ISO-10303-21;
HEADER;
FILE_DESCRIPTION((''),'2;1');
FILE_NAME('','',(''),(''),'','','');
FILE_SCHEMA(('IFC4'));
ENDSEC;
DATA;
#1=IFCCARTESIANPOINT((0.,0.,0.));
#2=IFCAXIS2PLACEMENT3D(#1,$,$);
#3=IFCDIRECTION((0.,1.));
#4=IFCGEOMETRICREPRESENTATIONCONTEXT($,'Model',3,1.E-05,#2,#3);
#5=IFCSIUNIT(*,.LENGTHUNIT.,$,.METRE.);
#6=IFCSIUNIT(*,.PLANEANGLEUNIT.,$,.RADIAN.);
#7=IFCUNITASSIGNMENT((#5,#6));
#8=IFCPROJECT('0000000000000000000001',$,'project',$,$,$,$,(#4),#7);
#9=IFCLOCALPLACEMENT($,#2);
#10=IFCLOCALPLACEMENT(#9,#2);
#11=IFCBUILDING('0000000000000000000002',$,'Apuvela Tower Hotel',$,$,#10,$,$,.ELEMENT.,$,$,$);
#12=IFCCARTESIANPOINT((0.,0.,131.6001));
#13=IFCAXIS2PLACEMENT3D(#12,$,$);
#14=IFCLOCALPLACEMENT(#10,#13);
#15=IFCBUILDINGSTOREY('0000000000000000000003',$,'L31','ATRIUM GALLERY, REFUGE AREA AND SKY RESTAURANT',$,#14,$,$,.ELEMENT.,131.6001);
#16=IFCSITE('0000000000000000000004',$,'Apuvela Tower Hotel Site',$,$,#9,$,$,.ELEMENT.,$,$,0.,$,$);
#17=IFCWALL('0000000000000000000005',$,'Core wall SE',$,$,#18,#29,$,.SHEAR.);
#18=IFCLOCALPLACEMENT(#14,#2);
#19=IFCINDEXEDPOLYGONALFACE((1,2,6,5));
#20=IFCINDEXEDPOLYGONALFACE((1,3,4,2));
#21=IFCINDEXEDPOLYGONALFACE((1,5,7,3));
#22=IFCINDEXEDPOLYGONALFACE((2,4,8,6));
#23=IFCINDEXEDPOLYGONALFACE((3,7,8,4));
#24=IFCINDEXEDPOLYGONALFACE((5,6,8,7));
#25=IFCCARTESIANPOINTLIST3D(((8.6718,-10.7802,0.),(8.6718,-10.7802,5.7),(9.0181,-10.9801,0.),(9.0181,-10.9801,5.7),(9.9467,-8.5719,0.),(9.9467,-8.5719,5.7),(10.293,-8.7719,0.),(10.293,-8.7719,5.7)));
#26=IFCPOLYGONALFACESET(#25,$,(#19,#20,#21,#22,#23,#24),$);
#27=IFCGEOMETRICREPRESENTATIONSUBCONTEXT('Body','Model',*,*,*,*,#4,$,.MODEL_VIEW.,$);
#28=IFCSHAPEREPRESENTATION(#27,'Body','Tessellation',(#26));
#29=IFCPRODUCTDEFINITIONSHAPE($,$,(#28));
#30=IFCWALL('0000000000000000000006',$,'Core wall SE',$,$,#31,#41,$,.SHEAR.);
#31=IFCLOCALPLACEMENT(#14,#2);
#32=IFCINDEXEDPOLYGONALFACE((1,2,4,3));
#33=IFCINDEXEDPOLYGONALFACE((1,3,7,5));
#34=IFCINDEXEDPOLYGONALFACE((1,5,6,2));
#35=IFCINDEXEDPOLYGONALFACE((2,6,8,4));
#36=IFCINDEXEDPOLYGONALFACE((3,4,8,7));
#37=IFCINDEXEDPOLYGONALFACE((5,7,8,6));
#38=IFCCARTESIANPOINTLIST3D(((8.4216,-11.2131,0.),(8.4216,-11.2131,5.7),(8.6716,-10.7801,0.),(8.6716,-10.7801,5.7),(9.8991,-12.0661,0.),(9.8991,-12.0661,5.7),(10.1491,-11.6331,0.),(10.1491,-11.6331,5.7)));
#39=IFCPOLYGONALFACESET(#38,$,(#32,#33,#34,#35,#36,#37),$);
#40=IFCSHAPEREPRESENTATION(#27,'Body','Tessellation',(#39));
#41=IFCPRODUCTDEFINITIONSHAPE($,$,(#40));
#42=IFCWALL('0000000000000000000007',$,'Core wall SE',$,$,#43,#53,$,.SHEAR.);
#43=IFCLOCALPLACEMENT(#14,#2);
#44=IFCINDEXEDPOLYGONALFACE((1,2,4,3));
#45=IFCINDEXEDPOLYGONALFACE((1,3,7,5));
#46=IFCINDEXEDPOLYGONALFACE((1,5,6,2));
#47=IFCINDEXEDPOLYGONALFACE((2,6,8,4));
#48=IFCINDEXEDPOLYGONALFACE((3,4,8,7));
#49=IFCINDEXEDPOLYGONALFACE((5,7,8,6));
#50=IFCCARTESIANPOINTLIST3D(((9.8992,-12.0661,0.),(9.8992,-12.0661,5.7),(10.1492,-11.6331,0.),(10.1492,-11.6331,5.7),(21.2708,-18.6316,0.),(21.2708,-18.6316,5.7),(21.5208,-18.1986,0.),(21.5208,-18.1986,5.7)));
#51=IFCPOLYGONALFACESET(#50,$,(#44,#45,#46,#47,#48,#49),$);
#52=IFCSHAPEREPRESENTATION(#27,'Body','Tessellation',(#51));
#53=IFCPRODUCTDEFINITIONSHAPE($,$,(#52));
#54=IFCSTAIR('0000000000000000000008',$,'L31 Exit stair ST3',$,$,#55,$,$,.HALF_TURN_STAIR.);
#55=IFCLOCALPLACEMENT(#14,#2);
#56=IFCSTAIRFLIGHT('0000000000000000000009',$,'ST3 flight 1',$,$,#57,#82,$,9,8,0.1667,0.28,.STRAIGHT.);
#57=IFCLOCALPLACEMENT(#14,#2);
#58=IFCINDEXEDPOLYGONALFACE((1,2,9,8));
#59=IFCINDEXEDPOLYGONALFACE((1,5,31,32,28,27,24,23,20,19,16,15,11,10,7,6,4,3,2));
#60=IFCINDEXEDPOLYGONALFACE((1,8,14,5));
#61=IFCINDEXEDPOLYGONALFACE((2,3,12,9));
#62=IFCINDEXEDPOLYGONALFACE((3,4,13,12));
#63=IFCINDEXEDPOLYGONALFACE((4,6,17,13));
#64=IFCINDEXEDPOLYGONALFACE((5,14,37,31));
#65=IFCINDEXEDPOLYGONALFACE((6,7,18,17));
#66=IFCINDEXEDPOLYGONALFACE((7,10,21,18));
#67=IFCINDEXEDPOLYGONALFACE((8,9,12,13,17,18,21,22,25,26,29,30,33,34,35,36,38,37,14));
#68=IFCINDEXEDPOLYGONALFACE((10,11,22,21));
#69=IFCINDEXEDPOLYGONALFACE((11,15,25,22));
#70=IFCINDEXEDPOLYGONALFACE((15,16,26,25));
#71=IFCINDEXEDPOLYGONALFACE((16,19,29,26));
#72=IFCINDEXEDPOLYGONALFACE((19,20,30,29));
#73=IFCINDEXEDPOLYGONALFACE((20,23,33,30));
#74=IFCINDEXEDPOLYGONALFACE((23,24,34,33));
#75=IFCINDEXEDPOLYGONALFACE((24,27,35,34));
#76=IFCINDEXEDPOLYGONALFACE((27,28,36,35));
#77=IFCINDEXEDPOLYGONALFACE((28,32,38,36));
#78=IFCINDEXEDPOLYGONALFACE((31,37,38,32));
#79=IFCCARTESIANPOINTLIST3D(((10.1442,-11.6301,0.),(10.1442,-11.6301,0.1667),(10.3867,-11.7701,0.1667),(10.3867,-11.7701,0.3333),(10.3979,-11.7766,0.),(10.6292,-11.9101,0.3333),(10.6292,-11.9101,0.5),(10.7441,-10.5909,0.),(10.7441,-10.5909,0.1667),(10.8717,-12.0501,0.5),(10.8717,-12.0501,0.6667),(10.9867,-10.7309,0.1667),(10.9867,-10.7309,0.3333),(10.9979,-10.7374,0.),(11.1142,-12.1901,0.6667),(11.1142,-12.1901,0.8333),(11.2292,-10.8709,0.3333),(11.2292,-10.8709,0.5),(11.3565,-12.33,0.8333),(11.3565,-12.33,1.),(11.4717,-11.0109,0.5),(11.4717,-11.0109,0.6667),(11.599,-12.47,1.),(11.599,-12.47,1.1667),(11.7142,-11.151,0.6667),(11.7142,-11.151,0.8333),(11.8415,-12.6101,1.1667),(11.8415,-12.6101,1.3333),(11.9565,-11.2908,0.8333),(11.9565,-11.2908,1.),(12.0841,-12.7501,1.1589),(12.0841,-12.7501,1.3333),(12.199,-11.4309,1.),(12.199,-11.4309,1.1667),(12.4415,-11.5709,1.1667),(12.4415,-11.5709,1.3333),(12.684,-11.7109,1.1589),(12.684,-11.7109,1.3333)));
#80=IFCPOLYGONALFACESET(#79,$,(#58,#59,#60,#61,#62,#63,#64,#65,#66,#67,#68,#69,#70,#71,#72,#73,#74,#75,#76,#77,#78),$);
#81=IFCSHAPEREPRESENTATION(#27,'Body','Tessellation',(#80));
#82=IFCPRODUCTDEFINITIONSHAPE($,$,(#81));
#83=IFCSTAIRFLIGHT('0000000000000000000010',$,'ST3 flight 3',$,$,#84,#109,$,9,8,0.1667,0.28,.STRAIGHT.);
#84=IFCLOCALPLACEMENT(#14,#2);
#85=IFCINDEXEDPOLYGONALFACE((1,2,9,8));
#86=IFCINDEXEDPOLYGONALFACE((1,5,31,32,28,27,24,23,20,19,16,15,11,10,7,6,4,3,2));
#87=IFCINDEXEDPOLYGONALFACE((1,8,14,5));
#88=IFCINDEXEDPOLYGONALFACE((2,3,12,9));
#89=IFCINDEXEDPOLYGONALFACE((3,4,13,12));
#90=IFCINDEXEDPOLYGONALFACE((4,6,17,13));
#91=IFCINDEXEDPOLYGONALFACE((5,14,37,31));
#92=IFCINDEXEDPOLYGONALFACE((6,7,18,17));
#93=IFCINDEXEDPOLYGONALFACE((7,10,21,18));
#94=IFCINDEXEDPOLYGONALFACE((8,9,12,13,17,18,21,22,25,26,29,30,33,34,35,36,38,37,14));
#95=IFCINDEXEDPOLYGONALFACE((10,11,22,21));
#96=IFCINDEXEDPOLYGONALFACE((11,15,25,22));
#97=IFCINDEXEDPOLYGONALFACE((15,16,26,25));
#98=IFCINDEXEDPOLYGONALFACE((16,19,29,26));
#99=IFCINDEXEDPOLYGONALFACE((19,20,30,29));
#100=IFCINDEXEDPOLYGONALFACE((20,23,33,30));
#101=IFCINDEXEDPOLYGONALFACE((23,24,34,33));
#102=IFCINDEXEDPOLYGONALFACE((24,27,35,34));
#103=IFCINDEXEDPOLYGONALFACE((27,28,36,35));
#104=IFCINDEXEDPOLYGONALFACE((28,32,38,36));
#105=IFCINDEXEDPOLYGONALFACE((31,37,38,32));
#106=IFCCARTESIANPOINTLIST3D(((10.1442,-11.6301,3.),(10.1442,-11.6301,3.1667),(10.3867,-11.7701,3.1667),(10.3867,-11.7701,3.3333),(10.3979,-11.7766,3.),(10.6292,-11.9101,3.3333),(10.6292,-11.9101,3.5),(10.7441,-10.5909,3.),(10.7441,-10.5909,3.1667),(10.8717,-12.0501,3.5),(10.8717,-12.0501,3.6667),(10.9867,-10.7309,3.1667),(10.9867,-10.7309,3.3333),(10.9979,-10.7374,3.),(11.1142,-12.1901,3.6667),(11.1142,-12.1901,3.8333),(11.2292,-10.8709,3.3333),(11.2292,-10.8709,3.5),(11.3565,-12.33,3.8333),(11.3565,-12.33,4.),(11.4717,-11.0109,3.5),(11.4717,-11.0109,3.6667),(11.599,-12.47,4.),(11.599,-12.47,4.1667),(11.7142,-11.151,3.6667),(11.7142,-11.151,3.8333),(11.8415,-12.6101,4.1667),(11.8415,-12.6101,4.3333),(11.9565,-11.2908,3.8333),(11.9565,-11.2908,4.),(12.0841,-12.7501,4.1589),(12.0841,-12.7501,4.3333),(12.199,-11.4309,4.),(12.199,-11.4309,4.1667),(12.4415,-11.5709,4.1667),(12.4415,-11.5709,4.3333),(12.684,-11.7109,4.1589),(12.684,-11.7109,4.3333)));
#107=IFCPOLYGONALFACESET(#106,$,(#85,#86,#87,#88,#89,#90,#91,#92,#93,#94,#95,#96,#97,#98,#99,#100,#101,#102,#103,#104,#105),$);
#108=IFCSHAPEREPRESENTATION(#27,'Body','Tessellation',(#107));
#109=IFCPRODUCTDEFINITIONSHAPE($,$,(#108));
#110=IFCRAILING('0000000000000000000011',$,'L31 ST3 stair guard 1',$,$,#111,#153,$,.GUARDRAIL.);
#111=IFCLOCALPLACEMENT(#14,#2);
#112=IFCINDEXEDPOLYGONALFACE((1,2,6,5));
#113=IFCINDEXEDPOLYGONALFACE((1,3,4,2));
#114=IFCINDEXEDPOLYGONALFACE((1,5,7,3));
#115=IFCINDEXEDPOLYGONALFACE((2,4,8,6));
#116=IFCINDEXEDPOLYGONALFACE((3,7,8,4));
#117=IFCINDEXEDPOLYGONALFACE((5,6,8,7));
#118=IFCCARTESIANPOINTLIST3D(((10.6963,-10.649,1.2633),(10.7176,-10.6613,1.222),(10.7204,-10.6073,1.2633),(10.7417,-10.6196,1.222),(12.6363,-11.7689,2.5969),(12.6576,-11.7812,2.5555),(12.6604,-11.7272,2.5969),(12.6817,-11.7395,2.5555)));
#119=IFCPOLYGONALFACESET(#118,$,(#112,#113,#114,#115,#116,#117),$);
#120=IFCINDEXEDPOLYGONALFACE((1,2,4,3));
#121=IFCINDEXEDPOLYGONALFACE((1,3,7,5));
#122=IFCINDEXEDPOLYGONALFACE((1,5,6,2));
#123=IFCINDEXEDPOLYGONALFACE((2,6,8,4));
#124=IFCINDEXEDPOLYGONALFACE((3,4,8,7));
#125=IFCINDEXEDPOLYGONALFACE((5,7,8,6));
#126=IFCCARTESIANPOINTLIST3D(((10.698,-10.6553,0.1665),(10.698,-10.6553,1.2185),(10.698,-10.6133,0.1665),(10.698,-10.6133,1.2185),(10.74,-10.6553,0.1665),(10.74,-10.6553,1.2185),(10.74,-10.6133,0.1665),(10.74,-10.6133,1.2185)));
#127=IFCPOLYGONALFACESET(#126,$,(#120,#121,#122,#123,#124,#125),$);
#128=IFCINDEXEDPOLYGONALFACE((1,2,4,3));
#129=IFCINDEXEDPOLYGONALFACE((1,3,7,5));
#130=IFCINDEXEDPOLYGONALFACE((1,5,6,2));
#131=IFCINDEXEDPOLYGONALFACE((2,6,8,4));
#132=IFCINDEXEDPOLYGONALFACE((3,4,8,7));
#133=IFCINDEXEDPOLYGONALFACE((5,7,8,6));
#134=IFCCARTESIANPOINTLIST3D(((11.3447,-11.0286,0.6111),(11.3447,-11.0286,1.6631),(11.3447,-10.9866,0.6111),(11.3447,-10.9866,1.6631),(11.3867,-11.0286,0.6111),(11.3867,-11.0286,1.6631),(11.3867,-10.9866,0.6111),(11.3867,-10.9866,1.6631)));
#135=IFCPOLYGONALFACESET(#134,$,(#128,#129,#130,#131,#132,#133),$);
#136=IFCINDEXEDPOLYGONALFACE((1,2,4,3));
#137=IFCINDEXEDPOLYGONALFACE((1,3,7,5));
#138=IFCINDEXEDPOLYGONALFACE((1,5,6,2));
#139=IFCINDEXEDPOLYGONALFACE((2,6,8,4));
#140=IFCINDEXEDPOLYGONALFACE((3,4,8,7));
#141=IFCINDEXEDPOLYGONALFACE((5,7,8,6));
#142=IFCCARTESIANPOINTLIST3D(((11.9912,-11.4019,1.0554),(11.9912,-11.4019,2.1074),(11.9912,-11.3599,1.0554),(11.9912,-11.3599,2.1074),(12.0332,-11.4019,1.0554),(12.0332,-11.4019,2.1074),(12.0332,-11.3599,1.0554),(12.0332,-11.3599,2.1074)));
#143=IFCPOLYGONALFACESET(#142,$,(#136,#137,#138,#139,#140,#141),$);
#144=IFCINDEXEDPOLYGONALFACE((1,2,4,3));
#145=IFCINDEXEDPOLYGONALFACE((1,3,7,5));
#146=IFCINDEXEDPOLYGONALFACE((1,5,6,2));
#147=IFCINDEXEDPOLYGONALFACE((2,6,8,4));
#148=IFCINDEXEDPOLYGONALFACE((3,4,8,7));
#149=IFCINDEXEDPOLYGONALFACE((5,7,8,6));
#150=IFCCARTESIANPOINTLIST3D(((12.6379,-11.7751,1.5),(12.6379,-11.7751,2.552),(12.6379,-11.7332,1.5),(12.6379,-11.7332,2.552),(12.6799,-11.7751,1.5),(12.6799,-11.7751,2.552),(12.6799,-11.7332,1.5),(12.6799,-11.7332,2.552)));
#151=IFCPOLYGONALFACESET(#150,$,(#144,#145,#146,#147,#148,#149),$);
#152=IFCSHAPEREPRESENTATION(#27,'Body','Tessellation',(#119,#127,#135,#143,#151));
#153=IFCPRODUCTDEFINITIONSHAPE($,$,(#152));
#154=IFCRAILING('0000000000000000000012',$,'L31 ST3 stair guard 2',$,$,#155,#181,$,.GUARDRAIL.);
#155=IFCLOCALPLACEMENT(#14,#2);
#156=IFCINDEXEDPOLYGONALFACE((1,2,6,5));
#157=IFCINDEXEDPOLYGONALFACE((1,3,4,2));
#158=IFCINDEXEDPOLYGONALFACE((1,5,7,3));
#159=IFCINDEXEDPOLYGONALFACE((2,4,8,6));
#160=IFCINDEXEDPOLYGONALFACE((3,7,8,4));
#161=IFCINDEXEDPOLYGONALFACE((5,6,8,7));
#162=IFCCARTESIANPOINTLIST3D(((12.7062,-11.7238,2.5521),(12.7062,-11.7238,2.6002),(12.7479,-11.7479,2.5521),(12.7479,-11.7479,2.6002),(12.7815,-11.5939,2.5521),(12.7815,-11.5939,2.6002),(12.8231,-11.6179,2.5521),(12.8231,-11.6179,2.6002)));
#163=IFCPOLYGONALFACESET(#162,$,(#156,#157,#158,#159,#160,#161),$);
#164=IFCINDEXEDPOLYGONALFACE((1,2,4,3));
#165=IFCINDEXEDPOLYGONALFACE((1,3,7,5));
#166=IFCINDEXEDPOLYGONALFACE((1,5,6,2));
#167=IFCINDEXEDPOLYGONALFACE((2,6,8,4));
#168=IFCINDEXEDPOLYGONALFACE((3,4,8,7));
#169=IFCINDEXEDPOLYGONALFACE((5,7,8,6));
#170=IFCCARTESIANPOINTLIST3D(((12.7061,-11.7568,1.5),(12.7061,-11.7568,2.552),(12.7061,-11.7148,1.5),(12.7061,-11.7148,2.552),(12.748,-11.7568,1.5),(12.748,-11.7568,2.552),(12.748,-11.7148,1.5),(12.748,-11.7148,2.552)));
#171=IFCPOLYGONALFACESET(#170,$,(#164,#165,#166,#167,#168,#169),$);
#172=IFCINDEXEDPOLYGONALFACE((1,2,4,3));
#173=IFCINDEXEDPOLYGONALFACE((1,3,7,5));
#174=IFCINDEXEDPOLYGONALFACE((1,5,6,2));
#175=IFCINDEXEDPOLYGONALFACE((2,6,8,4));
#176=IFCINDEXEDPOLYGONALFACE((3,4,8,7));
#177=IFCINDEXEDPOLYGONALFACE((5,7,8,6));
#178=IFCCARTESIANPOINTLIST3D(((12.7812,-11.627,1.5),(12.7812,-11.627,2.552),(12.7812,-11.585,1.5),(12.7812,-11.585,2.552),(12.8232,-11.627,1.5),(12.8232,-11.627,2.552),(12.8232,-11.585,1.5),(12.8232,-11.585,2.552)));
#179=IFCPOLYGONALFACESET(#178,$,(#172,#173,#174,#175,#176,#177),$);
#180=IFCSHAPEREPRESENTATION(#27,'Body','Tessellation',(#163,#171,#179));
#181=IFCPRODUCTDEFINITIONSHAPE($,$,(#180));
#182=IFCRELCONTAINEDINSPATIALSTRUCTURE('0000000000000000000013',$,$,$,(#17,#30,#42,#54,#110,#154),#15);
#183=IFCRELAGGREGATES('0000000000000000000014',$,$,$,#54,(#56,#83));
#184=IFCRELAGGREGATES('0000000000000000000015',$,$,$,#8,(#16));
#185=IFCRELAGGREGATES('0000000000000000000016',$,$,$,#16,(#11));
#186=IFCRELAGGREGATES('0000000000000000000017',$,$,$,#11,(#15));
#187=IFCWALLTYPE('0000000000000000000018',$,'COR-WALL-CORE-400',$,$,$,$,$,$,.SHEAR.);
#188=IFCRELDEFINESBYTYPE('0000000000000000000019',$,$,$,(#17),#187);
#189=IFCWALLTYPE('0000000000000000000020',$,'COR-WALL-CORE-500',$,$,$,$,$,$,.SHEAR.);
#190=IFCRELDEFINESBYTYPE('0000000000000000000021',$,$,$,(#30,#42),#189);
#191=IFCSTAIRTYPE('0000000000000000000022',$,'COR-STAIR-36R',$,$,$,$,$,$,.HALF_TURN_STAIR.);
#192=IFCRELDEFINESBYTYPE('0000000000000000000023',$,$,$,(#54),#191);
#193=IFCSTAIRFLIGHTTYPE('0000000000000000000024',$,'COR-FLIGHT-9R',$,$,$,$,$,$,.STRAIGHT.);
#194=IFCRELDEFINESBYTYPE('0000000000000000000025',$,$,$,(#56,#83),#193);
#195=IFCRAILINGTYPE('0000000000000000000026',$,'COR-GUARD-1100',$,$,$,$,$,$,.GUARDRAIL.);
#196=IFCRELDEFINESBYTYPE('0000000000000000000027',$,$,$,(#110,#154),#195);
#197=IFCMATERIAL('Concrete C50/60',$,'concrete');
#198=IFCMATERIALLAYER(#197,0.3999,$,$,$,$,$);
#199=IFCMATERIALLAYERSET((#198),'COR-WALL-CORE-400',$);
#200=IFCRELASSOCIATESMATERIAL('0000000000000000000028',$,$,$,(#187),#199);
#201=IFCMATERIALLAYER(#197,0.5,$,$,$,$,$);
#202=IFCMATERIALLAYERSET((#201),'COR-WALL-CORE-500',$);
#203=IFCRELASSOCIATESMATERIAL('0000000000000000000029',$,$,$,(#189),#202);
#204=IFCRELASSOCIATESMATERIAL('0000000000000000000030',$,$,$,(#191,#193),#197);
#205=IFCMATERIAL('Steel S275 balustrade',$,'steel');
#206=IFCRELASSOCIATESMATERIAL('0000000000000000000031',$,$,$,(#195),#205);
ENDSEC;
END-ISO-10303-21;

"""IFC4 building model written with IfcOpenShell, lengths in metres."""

from ifc_helpers import new_model, si_unit, direction, frame, frame_2d, origin, origin_2d, place, context, subcontext, project, spatial, polyline, rectangle, outline, extrude, material, layer, layer_set, type_object, element, aggregate, save


model = new_model("IFC4")

# Units and contexts
model_context = context("Model", 3, precision=1e-05, world=origin(), true_north=direction((0.0, 1.0)))
body_context = subcontext(model_context, "Body", "Model", "MODEL_VIEW")
ifc_project = project(units=[si_unit("LENGTHUNIT", "METRE"), si_unit("PLANEANGLEUNIT", "RADIAN")], contexts=[model_context])

# Site, building, storey
site_placement = place(None, origin())
site = spatial("IfcSite", under=ifc_project, at=site_placement, Name="Apuvela Tower Hotel Site", CompositionType="ELEMENT", RefElevation=0.0)
building_placement = place(site_placement, origin())
building = spatial("IfcBuilding", under=site, at=building_placement, Name="Apuvela Tower Hotel", CompositionType="ELEMENT")
storey_placement = place(building_placement, frame((0.0, 0.0, 131.6001)))
storey = spatial("IfcBuildingStorey", under=building, at=storey_placement, Name="L31", Description="ATRIUM GALLERY, REFUGE AREA AND SKY RESTAURANT", CompositionType="ELEMENT", Elevation=131.6001)

# Walls
ifc_material_1 = material(Name="Concrete C50/60", Category="concrete")
ifc_layer_1 = layer(ifc_material_1, 0.3999)
ifc_layer_set_1 = layer_set([ifc_layer_1], Name="COR-WALL-CORE-400")
wall_type_1 = type_object("IfcWallType", Name="COR-WALL-CORE-400", PredefinedType="SHEAR", material=ifc_layer_set_1)
wall_1_placement = place(storey_placement, frame((8.845, -10.8801, 0.0), z_axis=(0.0, 0.0, 1.0), x_axis=(0.49999, 0.866031, 0.0)))
element("IfcWall", 1, at=wall_1_placement, inside=storey, type_object=wall_type_1, Name="Core wall SE", PredefinedType="SHEAR", context=body_context, shape_type="SweptSolid", body=[
    extrude(rectangle(XDim=2.5498, YDim=0.3999, at=frame_2d((1.2749, 0.0))), origin(), (0.0, 0.0, 1.0), 5.7),
])
ifc_layer_2 = layer(ifc_material_1, 0.5)
ifc_layer_set_2 = layer_set([ifc_layer_2], Name="COR-WALL-CORE-500")
wall_type_2 = type_object("IfcWallType", Name="COR-WALL-CORE-500", PredefinedType="SHEAR", material=ifc_layer_set_2)
wall_2_placement = place(storey_placement, frame((8.5466, -10.9966, 0.0), z_axis=(0.0, 0.0, 1.0), x_axis=(0.866033, -0.499987, 0.0)))
element("IfcWall", 2, at=wall_2_placement, inside=storey, type_object=wall_type_2, Name="Core wall SE", PredefinedType="SHEAR", context=body_context, shape_type="SweptSolid", body=[
    extrude(rectangle(XDim=1.7061, YDim=0.5, at=frame_2d((0.853, 0.0))), origin(), (0.0, 0.0, 1.0), 5.7),
])
wall_3_placement = place(storey_placement, frame((10.0242, -11.8496, 0.0), z_axis=(0.0, 0.0, 1.0), x_axis=(0.866024, -0.500002, 0.0)))
element("IfcWall", 3, at=wall_3_placement, inside=storey, type_object=wall_type_2, Name="Core wall SE", PredefinedType="SHEAR", context=body_context, shape_type="SweptSolid", body=[
    extrude(rectangle(XDim=13.1309, YDim=0.5, at=frame_2d((6.5654, 0.0))), origin(), (0.0, 0.0, 1.0), 5.7),
])

# Stair, stair flights
stair_type = type_object("IfcStairType", Name="COR-STAIR-36R", PredefinedType="HALF_TURN_STAIR", material=ifc_material_1)
stair_placement = place(storey_placement, origin())
stair = element("IfcStair", 4, at=stair_placement, inside=storey, type_object=stair_type, Name="L31 Exit stair ST3", PredefinedType="HALF_TURN_STAIR")
stair_flight_type = type_object("IfcStairFlightType", Name="COR-FLIGHT-9R", PredefinedType="STRAIGHT", material=ifc_material_1)
stair_flight_1_placement = place(storey_placement, frame((10.4441, -11.1106, 0.0), z_axis=(0.0, 0.0, 1.0), x_axis=(0.866025, -0.5, 0.0)))
stair_flight_1 = element("IfcStairFlight", 5, at=stair_flight_1_placement, type_object=stair_flight_type, Name="ST3 flight 1", NumberOfRisers=9, NumberOfTreads=8, PredefinedType="STRAIGHT", RiserHeight=0.1667, TreadLength=0.28, context=body_context, shape_type="SweptSolid", body=[
    extrude(outline(polyline([(0.0, 0.0), (0.0, 0.1667), (0.28, 0.1667), (0.28, 0.3333), (0.5601, 0.3333), (0.5601, 0.5), (0.8401, 0.5), (0.8401, 0.6667), (1.1201, 0.6667), (1.1201, 0.8333), (1.3999, 0.8333), (1.3999, 1.0), (1.6799, 1.0), (1.6799, 1.1667), (1.96, 1.1667), (1.96, 1.3333), (2.24, 1.3333), (2.24, 1.5), (2.24, 1.1589), (0.293, 0.0), (0.0, 0.0)])), frame((0.0, 0.6001, 0.0), z_axis=(0.0, -1.0, 0.0), x_axis=(1.0, 0.0, 0.0)), (0.0, 0.0, 1.0), 1.2),
])
stair_flight_2_placement = place(storey_placement, frame((10.4441, -11.1106, 3.0), z_axis=(0.0, 0.0, 1.0), x_axis=(0.866025, -0.5, 0.0)))
stair_flight_2 = element("IfcStairFlight", 6, at=stair_flight_2_placement, type_object=stair_flight_type, Name="ST3 flight 3", NumberOfRisers=9, NumberOfTreads=8, PredefinedType="STRAIGHT", RiserHeight=0.1667, TreadLength=0.28, context=body_context, shape_type="SweptSolid", body=[
    extrude(outline(polyline([(0.0, 0.0), (0.0, 0.1667), (0.28, 0.1667), (0.28, 0.3333), (0.5601, 0.3333), (0.5601, 0.5), (0.8401, 0.5), (0.8401, 0.6667), (1.1201, 0.6667), (1.1201, 0.8333), (1.3999, 0.8333), (1.3999, 1.0), (1.6799, 1.0), (1.6799, 1.1667), (1.96, 1.1667), (1.96, 1.3333), (2.24, 1.3333), (2.24, 1.5), (2.24, 1.1589), (0.293, 0.0), (0.0, 0.0)])), frame((0.0, 0.6001, 0.0), z_axis=(0.0, -1.0, 0.0), x_axis=(1.0, 0.0, 0.0)), (0.0, 0.0, 1.0), 1.2),
])
aggregate(stair, [stair_flight_1, stair_flight_2])

# Railings
ifc_material_2 = material(Name="Steel S275 balustrade", Category="steel")
railing_type_1 = type_object("IfcRailingType", Name="COR-GUARD-1100", PredefinedType="GUARDRAIL", material=ifc_material_2)
railing_1_placement = place(storey_placement, frame((10.719, -10.6343, 0.1665)))
element("IfcRailing", 7, at=railing_1_placement, inside=storey, type_object=railing_type_1, Name="L31 ST3 stair guard 1", PredefinedType="GUARDRAIL", context=body_context, shape_type="SweptSolid", body=[
    extrude(rectangle(XDim=0.0481, YDim=0.0481, at=origin_2d()), frame((0.0, 0.0, 1.0762), z_axis=(0.744169, -0.429588, 0.511534), x_axis=(0.499949, 0.866055, 0.0)), (0.0, 0.0, 1.0), 2.6069),
    extrude(rectangle(XDim=0.042, YDim=0.042, at=origin_2d()), origin(), (0.0, 0.0, 1.0), 1.052),
    extrude(rectangle(XDim=0.042, YDim=0.042, at=origin_2d()), frame((0.6467, -0.3733, 0.4446)), (0.0, 0.0, 1.0), 1.052),
    extrude(rectangle(XDim=0.042, YDim=0.042, at=origin_2d()), frame((1.2932, -0.7466, 0.8889)), (0.0, 0.0, 1.0), 1.052),
    extrude(rectangle(XDim=0.042, YDim=0.042, at=origin_2d()), frame((1.9399, -1.1199, 1.3335)), (0.0, 0.0, 1.0), 1.052),
])
railing_2_placement = place(storey_placement, frame((12.7271, -11.7358, 1.5)))
element("IfcRailing", 8, at=railing_2_placement, inside=storey, type_object=railing_type_1, Name="L31 ST3 stair guard 2", PredefinedType="GUARDRAIL", context=body_context, shape_type="SweptSolid", body=[
    extrude(rectangle(XDim=0.0481, YDim=0.0481, at=origin_2d()), frame((0.0, 0.0, 1.0762), z_axis=(0.501036, 0.865426, 0.0), x_axis=(-0.865426, 0.501036, 0.0)), (0.0, 0.0, 1.0), 0.1501),
    extrude(rectangle(XDim=0.042, YDim=0.042, at=origin_2d()), origin(), (0.0, 0.0, 1.0), 1.052),
    extrude(rectangle(XDim=0.042, YDim=0.042, at=origin_2d()), frame((0.0752, 0.1299, 0.0)), (0.0, 0.0, 1.0), 1.052),
])

save(model, "model.ifc")
